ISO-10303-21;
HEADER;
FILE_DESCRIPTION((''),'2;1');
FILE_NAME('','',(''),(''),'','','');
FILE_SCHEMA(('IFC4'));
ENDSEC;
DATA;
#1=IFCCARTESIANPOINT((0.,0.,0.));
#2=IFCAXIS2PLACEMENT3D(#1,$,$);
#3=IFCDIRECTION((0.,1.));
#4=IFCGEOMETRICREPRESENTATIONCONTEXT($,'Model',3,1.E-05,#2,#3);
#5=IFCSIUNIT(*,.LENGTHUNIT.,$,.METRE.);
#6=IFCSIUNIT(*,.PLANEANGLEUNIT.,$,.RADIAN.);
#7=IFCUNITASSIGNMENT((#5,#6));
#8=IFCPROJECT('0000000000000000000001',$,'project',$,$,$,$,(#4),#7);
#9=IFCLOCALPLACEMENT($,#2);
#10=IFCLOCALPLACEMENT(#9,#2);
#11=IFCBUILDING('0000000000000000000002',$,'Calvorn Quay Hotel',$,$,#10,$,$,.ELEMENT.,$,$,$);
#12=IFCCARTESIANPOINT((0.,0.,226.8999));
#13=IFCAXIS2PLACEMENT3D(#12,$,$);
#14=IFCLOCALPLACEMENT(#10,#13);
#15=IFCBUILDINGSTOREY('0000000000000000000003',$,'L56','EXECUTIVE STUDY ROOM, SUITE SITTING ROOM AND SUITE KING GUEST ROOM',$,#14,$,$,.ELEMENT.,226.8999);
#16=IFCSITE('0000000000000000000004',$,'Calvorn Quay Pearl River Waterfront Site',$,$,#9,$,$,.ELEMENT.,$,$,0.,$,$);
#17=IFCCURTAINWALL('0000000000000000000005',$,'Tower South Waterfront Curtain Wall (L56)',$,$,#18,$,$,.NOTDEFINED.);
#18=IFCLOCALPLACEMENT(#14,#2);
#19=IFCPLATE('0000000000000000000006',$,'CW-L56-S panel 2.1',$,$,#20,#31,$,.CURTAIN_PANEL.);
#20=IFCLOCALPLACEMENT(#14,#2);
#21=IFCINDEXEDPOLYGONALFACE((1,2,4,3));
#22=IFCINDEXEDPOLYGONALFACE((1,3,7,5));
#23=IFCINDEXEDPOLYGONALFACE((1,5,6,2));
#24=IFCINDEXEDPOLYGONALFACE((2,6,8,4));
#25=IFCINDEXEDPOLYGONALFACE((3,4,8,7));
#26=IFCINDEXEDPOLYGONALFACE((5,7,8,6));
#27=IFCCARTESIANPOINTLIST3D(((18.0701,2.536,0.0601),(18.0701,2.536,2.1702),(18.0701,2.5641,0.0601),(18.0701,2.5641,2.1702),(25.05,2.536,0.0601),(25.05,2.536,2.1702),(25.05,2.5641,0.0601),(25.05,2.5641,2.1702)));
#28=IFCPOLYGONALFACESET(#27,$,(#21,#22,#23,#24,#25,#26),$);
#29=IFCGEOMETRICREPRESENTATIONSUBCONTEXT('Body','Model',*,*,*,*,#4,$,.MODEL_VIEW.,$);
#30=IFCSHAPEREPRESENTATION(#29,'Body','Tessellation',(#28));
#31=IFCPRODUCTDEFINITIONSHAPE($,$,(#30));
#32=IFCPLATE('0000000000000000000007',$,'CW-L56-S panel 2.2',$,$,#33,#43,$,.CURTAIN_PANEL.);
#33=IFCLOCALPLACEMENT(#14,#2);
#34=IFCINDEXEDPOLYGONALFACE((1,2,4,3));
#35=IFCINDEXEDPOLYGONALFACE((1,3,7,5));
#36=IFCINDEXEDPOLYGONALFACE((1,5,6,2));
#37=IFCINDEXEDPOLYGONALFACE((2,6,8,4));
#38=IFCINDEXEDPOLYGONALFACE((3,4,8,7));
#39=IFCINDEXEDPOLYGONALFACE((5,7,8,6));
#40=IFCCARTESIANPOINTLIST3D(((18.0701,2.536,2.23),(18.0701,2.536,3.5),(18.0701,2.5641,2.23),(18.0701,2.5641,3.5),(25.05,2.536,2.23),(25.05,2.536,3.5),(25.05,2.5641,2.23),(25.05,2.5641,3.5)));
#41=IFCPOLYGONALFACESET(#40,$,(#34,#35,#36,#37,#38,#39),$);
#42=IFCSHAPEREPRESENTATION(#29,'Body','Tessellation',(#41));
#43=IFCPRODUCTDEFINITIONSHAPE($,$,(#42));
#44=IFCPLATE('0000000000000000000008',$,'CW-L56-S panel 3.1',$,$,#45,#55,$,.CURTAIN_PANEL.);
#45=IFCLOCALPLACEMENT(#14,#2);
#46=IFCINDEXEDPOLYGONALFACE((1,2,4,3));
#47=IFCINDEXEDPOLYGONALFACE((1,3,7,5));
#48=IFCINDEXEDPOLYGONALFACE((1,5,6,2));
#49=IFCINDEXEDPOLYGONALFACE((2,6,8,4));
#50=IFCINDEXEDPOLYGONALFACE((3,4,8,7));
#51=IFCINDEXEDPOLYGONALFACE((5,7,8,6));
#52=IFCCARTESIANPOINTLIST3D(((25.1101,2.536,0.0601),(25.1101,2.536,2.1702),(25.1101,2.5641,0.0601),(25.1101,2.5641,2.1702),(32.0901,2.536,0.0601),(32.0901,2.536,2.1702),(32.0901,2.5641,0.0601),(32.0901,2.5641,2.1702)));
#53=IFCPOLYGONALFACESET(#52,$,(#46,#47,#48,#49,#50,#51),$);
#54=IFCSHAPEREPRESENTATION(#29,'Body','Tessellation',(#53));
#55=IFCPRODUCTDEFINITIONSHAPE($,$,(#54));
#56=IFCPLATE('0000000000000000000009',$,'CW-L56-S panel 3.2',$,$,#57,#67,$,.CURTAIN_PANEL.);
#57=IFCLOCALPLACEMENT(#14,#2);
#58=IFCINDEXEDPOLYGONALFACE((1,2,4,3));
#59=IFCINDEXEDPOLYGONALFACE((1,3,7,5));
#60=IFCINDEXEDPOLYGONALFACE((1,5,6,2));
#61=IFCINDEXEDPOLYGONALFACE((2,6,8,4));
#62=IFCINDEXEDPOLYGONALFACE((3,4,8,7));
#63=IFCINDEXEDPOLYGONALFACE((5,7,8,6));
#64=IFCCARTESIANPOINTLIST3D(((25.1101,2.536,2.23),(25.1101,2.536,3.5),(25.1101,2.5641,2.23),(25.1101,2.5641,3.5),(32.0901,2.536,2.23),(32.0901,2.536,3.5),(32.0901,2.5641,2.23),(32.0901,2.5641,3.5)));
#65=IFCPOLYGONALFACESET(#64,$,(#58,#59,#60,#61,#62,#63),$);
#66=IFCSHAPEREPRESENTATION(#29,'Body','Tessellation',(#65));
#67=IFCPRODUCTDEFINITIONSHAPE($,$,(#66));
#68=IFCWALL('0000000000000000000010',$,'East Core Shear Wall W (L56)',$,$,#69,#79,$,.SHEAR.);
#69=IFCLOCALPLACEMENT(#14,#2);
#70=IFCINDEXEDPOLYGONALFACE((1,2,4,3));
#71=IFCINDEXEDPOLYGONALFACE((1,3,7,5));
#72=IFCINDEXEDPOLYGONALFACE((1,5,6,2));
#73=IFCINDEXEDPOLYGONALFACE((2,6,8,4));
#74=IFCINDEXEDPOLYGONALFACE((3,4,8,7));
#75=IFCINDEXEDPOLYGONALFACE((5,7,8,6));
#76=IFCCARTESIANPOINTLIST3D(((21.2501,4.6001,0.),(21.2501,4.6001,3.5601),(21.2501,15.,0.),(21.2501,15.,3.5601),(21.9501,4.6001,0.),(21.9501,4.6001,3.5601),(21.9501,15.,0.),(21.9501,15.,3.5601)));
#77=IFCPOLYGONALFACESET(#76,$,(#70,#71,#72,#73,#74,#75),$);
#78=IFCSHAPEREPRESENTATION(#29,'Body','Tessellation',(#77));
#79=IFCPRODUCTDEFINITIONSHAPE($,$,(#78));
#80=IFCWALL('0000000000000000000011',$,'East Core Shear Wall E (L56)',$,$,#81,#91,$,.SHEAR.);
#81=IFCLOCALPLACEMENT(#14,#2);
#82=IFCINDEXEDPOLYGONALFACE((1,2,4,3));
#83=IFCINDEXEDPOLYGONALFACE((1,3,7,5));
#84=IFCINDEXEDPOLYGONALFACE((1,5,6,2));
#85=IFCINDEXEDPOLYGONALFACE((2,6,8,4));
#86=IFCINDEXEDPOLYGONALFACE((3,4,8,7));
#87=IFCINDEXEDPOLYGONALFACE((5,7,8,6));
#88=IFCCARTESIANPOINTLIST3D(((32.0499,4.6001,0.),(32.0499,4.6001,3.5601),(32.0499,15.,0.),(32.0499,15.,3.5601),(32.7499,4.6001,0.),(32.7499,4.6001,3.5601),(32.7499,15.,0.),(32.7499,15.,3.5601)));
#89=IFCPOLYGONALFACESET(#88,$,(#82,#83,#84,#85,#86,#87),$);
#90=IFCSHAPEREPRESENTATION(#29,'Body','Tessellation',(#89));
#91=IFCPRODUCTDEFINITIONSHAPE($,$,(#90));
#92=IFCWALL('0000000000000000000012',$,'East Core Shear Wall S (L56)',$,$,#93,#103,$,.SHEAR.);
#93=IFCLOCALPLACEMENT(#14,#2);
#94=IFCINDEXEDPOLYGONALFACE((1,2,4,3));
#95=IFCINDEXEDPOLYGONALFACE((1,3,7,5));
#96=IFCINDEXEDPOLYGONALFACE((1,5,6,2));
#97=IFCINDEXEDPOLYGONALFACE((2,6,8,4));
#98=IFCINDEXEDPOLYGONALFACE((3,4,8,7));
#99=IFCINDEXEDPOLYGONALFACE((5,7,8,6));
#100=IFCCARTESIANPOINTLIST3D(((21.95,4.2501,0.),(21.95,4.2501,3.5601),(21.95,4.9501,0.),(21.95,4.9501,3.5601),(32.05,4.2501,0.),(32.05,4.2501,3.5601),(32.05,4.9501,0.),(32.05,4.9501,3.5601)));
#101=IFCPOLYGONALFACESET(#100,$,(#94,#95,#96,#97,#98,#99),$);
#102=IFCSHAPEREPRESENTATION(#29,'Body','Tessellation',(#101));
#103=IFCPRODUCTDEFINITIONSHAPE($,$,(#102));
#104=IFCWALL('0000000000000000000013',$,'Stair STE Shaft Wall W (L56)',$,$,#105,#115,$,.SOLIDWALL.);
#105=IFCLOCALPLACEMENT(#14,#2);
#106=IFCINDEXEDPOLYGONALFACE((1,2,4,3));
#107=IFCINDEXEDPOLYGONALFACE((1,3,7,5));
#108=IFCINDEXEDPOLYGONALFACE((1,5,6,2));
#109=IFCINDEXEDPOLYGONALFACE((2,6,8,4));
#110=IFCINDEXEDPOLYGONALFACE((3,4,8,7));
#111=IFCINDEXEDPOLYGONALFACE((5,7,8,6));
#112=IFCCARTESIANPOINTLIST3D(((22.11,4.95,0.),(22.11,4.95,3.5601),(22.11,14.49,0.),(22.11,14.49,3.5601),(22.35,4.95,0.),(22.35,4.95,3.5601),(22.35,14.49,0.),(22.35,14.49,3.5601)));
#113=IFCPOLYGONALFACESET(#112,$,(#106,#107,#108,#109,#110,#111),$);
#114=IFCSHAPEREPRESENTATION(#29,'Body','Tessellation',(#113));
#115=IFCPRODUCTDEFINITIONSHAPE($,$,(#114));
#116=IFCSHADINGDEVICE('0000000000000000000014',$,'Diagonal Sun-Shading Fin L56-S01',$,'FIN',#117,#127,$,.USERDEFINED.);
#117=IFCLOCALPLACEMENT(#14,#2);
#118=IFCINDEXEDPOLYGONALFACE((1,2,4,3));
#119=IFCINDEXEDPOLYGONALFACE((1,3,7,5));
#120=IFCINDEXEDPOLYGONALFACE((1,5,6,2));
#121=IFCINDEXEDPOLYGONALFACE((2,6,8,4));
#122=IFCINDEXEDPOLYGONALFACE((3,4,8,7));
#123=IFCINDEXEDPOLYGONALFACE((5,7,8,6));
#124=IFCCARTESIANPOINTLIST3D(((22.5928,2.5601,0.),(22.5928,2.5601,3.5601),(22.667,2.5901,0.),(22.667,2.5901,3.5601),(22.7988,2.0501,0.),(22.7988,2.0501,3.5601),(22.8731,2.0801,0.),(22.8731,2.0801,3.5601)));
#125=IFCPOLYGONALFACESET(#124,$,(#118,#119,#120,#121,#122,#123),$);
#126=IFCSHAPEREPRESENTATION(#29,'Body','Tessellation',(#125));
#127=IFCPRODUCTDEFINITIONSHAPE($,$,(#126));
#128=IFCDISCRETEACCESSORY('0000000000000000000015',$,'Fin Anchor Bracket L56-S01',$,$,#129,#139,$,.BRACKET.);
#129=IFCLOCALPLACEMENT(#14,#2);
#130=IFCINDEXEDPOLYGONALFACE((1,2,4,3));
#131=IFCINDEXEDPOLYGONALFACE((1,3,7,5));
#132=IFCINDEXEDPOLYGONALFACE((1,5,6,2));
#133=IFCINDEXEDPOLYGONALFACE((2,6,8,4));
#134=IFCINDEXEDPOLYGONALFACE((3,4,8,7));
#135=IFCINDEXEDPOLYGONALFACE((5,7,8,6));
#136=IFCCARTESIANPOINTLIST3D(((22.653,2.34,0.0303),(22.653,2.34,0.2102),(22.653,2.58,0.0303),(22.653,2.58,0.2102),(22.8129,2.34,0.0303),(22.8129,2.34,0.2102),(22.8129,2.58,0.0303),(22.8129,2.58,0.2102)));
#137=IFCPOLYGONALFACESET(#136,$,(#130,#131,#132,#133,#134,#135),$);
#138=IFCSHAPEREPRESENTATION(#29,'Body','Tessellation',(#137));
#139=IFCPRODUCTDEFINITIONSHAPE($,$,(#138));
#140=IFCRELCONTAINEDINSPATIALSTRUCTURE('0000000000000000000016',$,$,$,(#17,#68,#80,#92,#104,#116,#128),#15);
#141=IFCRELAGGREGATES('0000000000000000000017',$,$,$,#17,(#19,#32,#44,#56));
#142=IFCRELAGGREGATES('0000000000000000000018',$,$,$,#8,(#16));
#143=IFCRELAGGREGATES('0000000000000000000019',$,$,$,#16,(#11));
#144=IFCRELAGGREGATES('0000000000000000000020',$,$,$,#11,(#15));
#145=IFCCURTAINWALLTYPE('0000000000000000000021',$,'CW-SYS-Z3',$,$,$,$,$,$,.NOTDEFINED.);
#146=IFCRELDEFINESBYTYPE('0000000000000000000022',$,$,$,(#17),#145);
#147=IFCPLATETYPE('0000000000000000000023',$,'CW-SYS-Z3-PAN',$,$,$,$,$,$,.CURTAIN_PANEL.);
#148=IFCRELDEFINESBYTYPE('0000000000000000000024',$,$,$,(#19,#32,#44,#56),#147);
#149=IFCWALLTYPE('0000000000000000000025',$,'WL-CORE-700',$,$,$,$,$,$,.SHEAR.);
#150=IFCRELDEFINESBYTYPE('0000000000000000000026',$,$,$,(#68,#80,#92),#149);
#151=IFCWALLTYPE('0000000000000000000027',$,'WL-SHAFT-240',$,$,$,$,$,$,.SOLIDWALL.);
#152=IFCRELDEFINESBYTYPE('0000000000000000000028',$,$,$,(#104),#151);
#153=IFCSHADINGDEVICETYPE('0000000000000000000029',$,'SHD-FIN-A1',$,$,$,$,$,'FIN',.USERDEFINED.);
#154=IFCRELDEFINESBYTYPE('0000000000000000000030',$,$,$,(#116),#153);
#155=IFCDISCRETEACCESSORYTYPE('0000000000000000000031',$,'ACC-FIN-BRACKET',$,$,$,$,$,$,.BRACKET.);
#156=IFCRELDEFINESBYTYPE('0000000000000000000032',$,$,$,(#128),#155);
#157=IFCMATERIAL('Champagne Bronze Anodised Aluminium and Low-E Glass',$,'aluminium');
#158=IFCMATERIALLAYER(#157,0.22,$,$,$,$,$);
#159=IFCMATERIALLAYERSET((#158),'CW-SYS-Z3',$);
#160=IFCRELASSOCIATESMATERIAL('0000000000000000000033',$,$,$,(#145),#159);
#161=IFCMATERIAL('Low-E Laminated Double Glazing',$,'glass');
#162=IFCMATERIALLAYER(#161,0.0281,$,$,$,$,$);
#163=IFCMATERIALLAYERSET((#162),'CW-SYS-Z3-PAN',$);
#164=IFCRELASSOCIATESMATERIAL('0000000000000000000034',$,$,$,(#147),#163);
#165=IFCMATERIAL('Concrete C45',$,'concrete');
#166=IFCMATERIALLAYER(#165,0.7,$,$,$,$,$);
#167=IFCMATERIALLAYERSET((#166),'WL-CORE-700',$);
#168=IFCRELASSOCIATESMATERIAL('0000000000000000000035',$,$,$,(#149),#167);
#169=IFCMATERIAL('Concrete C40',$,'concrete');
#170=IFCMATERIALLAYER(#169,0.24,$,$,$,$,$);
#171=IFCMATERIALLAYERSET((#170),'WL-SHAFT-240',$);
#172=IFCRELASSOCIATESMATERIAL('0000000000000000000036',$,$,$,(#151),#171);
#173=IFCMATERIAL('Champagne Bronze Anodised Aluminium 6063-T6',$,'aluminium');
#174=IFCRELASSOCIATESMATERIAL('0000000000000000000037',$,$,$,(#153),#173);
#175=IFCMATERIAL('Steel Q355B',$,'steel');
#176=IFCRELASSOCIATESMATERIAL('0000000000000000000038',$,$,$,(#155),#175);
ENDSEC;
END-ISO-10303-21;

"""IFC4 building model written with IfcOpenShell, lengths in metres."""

from ifc_helpers import new_model, si_unit, direction, frame, frame_2d, origin, origin_2d, place, context, subcontext, project, spatial, rectangle, extrude, material, layer, layer_set, type_object, element, aggregate, save


model = new_model("IFC4")

# Units and contexts
model_context = context("Model", 3, precision=1e-05, world=origin(), true_north=direction((0.0, 1.0)))
body_context = subcontext(model_context, "Body", "Model", "MODEL_VIEW")
ifc_project = project(units=[si_unit("LENGTHUNIT", "METRE"), si_unit("PLANEANGLEUNIT", "RADIAN")], contexts=[model_context])

# Site, building, storey
site_placement = place(None, origin())
site = spatial("IfcSite", under=ifc_project, at=site_placement, Name="Calvorn Quay Pearl River Waterfront Site", CompositionType="ELEMENT", RefElevation=0.0)
building_placement = place(site_placement, origin())
building = spatial("IfcBuilding", under=site, at=building_placement, Name="Calvorn Quay Hotel", CompositionType="ELEMENT")
storey_placement = place(building_placement, frame((0.0, 0.0, 226.8999)))
storey = spatial("IfcBuildingStorey", under=building, at=storey_placement, Name="L56", Description="EXECUTIVE STUDY ROOM, SUITE SITTING ROOM AND SUITE KING GUEST ROOM", CompositionType="ELEMENT", Elevation=226.8999)

# Curtain wall, plates
ifc_material_1 = material(Name="Champagne Bronze Anodised Aluminium and Low-E Glass", Category="aluminium")
ifc_layer_1 = layer(ifc_material_1, 0.22)
ifc_layer_set_1 = layer_set([ifc_layer_1], Name="CW-SYS-Z3")
curtain_wall_type = type_object("IfcCurtainWallType", Name="CW-SYS-Z3", PredefinedType="NOTDEFINED", material=ifc_layer_set_1)
curtain_wall_placement = place(storey_placement, origin())
curtain_wall = element("IfcCurtainWall", 1, at=curtain_wall_placement, inside=storey, type_object=curtain_wall_type, Name="Tower South Waterfront Curtain Wall (L56)", PredefinedType="NOTDEFINED")
ifc_material_2 = material(Name="Low-E Laminated Double Glazing", Category="glass")
ifc_layer_2 = layer(ifc_material_2, 0.0281)
ifc_layer_set_2 = layer_set([ifc_layer_2], Name="CW-SYS-Z3-PAN")
plate_type = type_object("IfcPlateType", Name="CW-SYS-Z3-PAN", PredefinedType="CURTAIN_PANEL", material=ifc_layer_set_2)
plate_1_placement = place(storey_placement, frame((21.5601, 2.55, 0.0601), z_axis=(0.0, 0.0, 1.0), x_axis=(1.0, 0.0, 0.0)))
plate_1 = element("IfcPlate", 2, at=plate_1_placement, type_object=plate_type, Name="CW-L56-S panel 2.1", PredefinedType="CURTAIN_PANEL", context=body_context, shape_type="SweptSolid", body=[
    extrude(rectangle(XDim=6.98, YDim=0.0281, at=origin_2d()), origin(), (0.0, 0.0, 1.0), 2.1101),
])
plate_2_placement = place(storey_placement, frame((21.5601, 2.55, 2.23), z_axis=(0.0, 0.0, 1.0), x_axis=(1.0, 0.0, 0.0)))
plate_2 = element("IfcPlate", 3, at=plate_2_placement, type_object=plate_type, Name="CW-L56-S panel 2.2", PredefinedType="CURTAIN_PANEL", context=body_context, shape_type="SweptSolid", body=[
    extrude(rectangle(XDim=6.98, YDim=0.0281, at=origin_2d()), origin(), (0.0, 0.0, 1.0), 1.27),
])
plate_3_placement = place(storey_placement, frame((28.6001, 2.55, 0.0601), z_axis=(0.0, 0.0, 1.0), x_axis=(1.0, 0.0, 0.0)))
plate_3 = element("IfcPlate", 4, at=plate_3_placement, type_object=plate_type, Name="CW-L56-S panel 3.1", PredefinedType="CURTAIN_PANEL", context=body_context, shape_type="SweptSolid", body=[
    extrude(rectangle(XDim=6.98, YDim=0.0281, at=origin_2d()), origin(), (0.0, 0.0, 1.0), 2.1101),
])
plate_4_placement = place(storey_placement, frame((28.6001, 2.55, 2.23), z_axis=(0.0, 0.0, 1.0), x_axis=(1.0, 0.0, 0.0)))
plate_4 = element("IfcPlate", 5, at=plate_4_placement, type_object=plate_type, Name="CW-L56-S panel 3.2", PredefinedType="CURTAIN_PANEL", context=body_context, shape_type="SweptSolid", body=[
    extrude(rectangle(XDim=6.98, YDim=0.0281, at=origin_2d()), origin(), (0.0, 0.0, 1.0), 1.27),
])
aggregate(curtain_wall, [plate_1, plate_2, plate_3, plate_4])

# Walls
ifc_material_3 = material(Name="Concrete C45", Category="concrete")
ifc_layer_3 = layer(ifc_material_3, 0.7)
ifc_layer_set_3 = layer_set([ifc_layer_3], Name="WL-CORE-700")
wall_type_1 = type_object("IfcWallType", Name="WL-CORE-700", PredefinedType="SHEAR", material=ifc_layer_set_3)
for number, where, z_axis, x_axis, name in (
    (6, (21.6001, 4.6001, 0.0), (0.0, 0.0, 1.0), (0.0, 1.0, 0.0), "East Core Shear Wall W (L56)"),
    (7, (32.3999, 4.6001, 0.0), (0.0, 0.0, 1.0), (0.0, 1.0, 0.0), "East Core Shear Wall E (L56)"),
):
    element("IfcWall", number, at=place(storey_placement, frame(where, z_axis=z_axis, x_axis=x_axis)), inside=storey, type_object=wall_type_1, Name=name, PredefinedType="SHEAR", context=body_context, shape_type="SweptSolid", body=[
        extrude(rectangle(XDim=10.3999, YDim=0.7, at=frame_2d((5.2, 0.0))), origin(), (0.0, 0.0, 1.0), 3.5601),
    ])
wall_1_placement = place(storey_placement, frame((21.95, 4.6001, 0.0), z_axis=(0.0, 0.0, 1.0), x_axis=(1.0, 0.0, 0.0)))
element("IfcWall", 8, at=wall_1_placement, inside=storey, type_object=wall_type_1, Name="East Core Shear Wall S (L56)", PredefinedType="SHEAR", context=body_context, shape_type="SweptSolid", body=[
    extrude(rectangle(XDim=10.1001, YDim=0.7, at=frame_2d((5.05, 0.0))), origin(), (0.0, 0.0, 1.0), 3.5601),
])
ifc_material_4 = material(Name="Concrete C40", Category="concrete")
ifc_layer_4 = layer(ifc_material_4, 0.24)
ifc_layer_set_4 = layer_set([ifc_layer_4], Name="WL-SHAFT-240")
wall_type_2 = type_object("IfcWallType", Name="WL-SHAFT-240", PredefinedType="SOLIDWALL", material=ifc_layer_set_4)
wall_2_placement = place(storey_placement, frame((22.23, 4.95, 0.0), z_axis=(0.0, 0.0, 1.0), x_axis=(0.0, 1.0, 0.0)))
element("IfcWall", 9, at=wall_2_placement, inside=storey, type_object=wall_type_2, Name="Stair STE Shaft Wall W (L56)", PredefinedType="SOLIDWALL", context=body_context, shape_type="SweptSolid", body=[
    extrude(rectangle(XDim=9.54, YDim=0.24, at=frame_2d((4.77, 0.0))), origin(), (0.0, 0.0, 1.0), 3.5601),
])

# Shading device
ifc_material_5 = material(Name="Champagne Bronze Anodised Aluminium 6063-T6", Category="aluminium")
shading_device_type = type_object("IfcShadingDeviceType", Name="SHD-FIN-A1", ElementType="FIN", PredefinedType="USERDEFINED", material=ifc_material_5)
shading_device_placement = place(storey_placement, frame((22.7329, 2.3201, 0.0), z_axis=(0.0, 0.0, 1.0), x_axis=(-0.374607, 0.927184, 0.0)))
element("IfcShadingDevice", 10, at=shading_device_placement, inside=storey, type_object=shading_device_type, Name="Diagonal Sun-Shading Fin L56-S01", ObjectType="FIN", PredefinedType="USERDEFINED", context=body_context, shape_type="SweptSolid", body=[
    extrude(rectangle(XDim=0.55, YDim=0.0801, at=origin_2d()), origin(), (0.0, 0.0, 1.0), 3.5601),
])

# Discrete accessory
ifc_material_6 = material(Name="Steel Q355B", Category="steel")
discrete_accessory_type = type_object("IfcDiscreteAccessoryType", Name="ACC-FIN-BRACKET", PredefinedType="BRACKET", material=ifc_material_6)
discrete_accessory_placement = place(storey_placement, frame((22.7329, 2.46, 0.0303), z_axis=(0.0, 0.0, 1.0), x_axis=(0.0, 1.0, 0.0)))
element("IfcDiscreteAccessory", 11, at=discrete_accessory_placement, inside=storey, type_object=discrete_accessory_type, Name="Fin Anchor Bracket L56-S01", PredefinedType="BRACKET", context=body_context, shape_type="SweptSolid", body=[
    extrude(rectangle(XDim=0.24, YDim=0.1599, at=origin_2d()), origin(), (0.0, 0.0, 1.0), 0.1799),
])

save(model, "model.ifc")
